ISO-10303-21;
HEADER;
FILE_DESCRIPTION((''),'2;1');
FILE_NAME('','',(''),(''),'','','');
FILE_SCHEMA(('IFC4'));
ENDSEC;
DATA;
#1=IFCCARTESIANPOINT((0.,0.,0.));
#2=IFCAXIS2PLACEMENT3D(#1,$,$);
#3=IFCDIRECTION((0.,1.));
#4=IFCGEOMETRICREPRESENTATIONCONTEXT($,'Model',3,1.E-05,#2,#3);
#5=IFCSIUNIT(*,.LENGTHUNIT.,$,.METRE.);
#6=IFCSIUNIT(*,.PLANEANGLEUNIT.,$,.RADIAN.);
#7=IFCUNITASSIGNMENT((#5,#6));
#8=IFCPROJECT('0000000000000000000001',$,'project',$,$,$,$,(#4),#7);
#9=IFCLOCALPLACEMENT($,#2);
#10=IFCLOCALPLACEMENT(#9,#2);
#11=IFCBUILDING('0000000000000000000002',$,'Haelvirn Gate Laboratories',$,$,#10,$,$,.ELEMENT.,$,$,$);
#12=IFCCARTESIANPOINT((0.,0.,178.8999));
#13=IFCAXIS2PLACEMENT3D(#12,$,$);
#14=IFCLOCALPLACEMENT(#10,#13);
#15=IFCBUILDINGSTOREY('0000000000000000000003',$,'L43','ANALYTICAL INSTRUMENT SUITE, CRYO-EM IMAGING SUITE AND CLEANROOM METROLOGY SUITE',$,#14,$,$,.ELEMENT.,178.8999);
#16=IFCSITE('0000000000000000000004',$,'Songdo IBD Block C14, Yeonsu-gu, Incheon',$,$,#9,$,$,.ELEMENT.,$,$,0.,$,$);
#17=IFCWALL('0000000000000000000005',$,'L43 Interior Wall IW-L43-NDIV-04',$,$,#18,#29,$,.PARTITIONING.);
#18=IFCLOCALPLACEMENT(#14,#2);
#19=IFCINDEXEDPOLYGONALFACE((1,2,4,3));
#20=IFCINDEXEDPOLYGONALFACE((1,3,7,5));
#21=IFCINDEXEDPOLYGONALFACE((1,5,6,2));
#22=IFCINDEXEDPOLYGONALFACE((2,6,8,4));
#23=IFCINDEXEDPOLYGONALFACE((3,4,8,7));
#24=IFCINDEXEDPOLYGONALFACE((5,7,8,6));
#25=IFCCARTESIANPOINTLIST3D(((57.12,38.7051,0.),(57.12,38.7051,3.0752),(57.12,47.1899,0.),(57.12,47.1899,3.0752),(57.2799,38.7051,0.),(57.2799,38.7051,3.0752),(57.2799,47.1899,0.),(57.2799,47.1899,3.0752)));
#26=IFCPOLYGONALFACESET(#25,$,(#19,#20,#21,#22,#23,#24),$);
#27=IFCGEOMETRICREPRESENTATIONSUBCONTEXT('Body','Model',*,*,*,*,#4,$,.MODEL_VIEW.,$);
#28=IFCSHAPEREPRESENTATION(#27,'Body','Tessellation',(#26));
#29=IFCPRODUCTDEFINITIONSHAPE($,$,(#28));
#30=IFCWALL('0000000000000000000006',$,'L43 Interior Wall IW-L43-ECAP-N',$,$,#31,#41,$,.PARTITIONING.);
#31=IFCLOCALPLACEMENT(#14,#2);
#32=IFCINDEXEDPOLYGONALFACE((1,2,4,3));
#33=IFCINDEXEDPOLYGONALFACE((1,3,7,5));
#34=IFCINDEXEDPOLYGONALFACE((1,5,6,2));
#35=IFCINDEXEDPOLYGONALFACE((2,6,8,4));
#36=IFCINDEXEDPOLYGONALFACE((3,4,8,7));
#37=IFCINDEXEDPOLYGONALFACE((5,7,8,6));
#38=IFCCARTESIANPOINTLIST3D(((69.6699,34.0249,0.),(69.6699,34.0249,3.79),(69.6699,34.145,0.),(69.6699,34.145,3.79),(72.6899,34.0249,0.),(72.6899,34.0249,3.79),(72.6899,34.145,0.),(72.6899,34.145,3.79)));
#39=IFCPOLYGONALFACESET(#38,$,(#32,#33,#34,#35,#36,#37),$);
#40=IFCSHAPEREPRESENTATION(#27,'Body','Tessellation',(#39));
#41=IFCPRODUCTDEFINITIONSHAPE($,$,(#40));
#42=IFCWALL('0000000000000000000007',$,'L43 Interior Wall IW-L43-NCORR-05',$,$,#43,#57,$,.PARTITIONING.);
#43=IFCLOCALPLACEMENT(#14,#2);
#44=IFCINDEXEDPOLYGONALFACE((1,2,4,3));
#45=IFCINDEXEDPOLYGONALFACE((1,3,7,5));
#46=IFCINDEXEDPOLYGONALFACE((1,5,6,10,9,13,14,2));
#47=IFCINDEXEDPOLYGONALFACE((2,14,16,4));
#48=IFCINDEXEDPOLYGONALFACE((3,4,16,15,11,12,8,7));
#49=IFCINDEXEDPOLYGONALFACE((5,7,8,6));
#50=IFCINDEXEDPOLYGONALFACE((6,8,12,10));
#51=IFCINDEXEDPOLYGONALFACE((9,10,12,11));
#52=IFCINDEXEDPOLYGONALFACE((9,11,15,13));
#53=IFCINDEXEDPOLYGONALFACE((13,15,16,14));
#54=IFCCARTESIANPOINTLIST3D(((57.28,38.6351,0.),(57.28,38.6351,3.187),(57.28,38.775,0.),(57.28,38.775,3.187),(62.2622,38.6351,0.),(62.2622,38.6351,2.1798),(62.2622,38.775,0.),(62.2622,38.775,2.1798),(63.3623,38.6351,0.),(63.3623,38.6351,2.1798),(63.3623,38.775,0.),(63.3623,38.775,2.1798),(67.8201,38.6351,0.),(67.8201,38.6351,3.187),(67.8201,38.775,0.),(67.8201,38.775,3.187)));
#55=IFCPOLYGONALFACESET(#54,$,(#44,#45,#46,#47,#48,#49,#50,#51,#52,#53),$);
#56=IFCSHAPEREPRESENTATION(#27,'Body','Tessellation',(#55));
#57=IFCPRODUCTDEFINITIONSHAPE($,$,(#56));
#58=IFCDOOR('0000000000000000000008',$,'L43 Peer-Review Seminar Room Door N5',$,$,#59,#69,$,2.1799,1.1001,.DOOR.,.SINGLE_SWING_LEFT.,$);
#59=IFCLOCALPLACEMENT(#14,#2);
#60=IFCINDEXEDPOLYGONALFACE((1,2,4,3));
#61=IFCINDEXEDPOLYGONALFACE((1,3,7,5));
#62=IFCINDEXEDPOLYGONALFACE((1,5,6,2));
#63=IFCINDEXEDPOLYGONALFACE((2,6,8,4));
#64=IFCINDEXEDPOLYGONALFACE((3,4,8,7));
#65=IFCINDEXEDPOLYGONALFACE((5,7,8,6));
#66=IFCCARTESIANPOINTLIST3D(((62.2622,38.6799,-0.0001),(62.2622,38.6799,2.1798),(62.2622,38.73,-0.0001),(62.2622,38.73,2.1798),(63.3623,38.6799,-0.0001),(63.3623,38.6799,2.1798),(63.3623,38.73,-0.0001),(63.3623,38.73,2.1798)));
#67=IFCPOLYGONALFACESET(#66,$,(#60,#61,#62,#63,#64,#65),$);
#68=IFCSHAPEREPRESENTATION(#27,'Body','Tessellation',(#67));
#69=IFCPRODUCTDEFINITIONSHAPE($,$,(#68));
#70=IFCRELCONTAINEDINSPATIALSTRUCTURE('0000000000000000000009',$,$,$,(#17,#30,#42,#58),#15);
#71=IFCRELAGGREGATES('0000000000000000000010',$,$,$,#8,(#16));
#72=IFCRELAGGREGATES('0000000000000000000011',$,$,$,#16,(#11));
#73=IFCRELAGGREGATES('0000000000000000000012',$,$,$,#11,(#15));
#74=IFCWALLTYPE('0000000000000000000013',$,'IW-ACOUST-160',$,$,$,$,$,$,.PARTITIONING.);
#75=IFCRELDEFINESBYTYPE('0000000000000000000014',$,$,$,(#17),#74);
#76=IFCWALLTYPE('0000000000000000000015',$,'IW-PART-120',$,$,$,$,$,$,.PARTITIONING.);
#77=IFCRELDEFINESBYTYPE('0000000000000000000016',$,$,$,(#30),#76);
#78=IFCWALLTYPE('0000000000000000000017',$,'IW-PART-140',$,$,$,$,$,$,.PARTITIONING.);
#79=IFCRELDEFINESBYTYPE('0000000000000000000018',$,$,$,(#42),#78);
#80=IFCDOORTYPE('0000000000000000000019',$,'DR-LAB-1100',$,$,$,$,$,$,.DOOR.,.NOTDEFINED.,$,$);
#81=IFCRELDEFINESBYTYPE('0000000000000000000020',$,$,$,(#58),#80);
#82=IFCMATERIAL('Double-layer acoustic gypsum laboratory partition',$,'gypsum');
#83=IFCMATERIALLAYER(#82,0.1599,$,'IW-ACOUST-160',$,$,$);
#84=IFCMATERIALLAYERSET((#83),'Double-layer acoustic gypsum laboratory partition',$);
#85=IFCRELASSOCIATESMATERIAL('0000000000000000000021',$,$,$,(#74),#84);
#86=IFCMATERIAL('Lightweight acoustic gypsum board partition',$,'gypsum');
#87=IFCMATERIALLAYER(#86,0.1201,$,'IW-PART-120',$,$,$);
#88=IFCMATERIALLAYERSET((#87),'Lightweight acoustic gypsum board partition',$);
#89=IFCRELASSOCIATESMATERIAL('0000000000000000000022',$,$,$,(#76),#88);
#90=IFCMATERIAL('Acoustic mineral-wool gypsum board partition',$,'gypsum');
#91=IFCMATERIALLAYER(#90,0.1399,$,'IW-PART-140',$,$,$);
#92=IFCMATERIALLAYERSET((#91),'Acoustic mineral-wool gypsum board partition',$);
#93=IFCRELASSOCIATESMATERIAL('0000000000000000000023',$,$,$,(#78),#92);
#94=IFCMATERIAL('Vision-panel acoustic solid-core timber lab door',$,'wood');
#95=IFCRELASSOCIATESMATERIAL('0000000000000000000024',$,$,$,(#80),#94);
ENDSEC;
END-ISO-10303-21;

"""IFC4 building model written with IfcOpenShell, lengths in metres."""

from ifc_helpers import new_model, si_unit, direction, frame, frame_2d, origin, place, context, subcontext, project, spatial, rectangle, extrude, source, transform, mapped, material, layer, layer_set, type_object, type_shapes, element, fill, save


model = new_model("IFC4")

# Units and contexts
model_context = context("Model", 3, precision=1e-05, world=origin(), true_north=direction((0.0, 1.0)))
body_context = subcontext(model_context, "Body", "Model", "MODEL_VIEW")
ifc_project = project(units=[si_unit("LENGTHUNIT", "METRE"), si_unit("PLANEANGLEUNIT", "RADIAN")], contexts=[model_context])

# Site, building, storey
site_placement = place(None, origin())
site = spatial("IfcSite", under=ifc_project, at=site_placement, Name="Songdo IBD Block C14, Yeonsu-gu, Incheon", CompositionType="ELEMENT", RefElevation=0.0)
building_placement = place(site_placement, origin())
building = spatial("IfcBuilding", under=site, at=building_placement, Name="Haelvirn Gate Laboratories", CompositionType="ELEMENT")
storey_placement = place(building_placement, frame((0.0, 0.0, 178.8999)))
storey = spatial("IfcBuildingStorey", under=building, at=storey_placement, Name="L43", Description="ANALYTICAL INSTRUMENT SUITE, CRYO-EM IMAGING SUITE AND CLEANROOM METROLOGY SUITE", CompositionType="ELEMENT", Elevation=178.8999)

# Walls
ifc_material_1 = material(Name="Double-layer acoustic gypsum laboratory partition", Category="gypsum")
ifc_layer_1 = layer(ifc_material_1, 0.1599, Name="IW-ACOUST-160")
ifc_layer_set_1 = layer_set([ifc_layer_1], Name="Double-layer acoustic gypsum laboratory partition")
wall_type_1 = type_object("IfcWallType", Name="IW-ACOUST-160", PredefinedType="PARTITIONING", material=ifc_layer_set_1)
wall_1_placement = place(storey_placement, frame((57.2, 38.7051, 0.0), z_axis=(0.0, 0.0, 1.0), x_axis=(0.0, 1.0, 0.0)))
element("IfcWall", 1, at=wall_1_placement, inside=storey, type_object=wall_type_1, Name="L43 Interior Wall IW-L43-NDIV-04", PredefinedType="PARTITIONING", context=body_context, shape_type="SweptSolid", body=[
    extrude(rectangle(XDim=8.4849, YDim=0.1599, at=frame_2d((4.2424, 0.0))), origin(), (0.0, 0.0, 1.0), 3.0752),
])
ifc_material_2 = material(Name="Lightweight acoustic gypsum board partition", Category="gypsum")
ifc_layer_2 = layer(ifc_material_2, 0.1201, Name="IW-PART-120")
ifc_layer_set_2 = layer_set([ifc_layer_2], Name="Lightweight acoustic gypsum board partition")
wall_type_2 = type_object("IfcWallType", Name="IW-PART-120", PredefinedType="PARTITIONING", material=ifc_layer_set_2)
wall_2_placement = place(storey_placement, frame((69.6699, 34.085, 0.0), z_axis=(0.0, 0.0, 1.0), x_axis=(1.0, 0.0, 0.0)))
element("IfcWall", 2, at=wall_2_placement, inside=storey, type_object=wall_type_2, Name="L43 Interior Wall IW-L43-ECAP-N", PredefinedType="PARTITIONING", context=body_context, shape_type="SweptSolid", body=[
    extrude(rectangle(XDim=3.02, YDim=0.1201, at=frame_2d((1.51, 0.0))), origin(), (0.0, 0.0, 1.0), 3.79),
])

# Wall, opening, door
ifc_material_3 = material(Name="Acoustic mineral-wool gypsum board partition", Category="gypsum")
ifc_layer_3 = layer(ifc_material_3, 0.1399, Name="IW-PART-140")
ifc_layer_set_3 = layer_set([ifc_layer_3], Name="Acoustic mineral-wool gypsum board partition")
wall_type_3 = type_object("IfcWallType", Name="IW-PART-140", PredefinedType="PARTITIONING", material=ifc_layer_set_3)
wall_3_placement = place(storey_placement, frame((57.28, 38.7051, 0.0), z_axis=(0.0, 0.0, 1.0), x_axis=(1.0, 0.0, 0.0)))
wall_3 = element("IfcWall", 3, at=wall_3_placement, inside=storey, type_object=wall_type_3, Name="L43 Interior Wall IW-L43-NCORR-05", PredefinedType="PARTITIONING", context=body_context, shape_type="SweptSolid", body=[
    extrude(rectangle(XDim=10.54, YDim=0.1399, at=frame_2d((5.27, 0.0))), origin(), (0.0, 0.0, 1.0), 3.187),
])
opening_placement = place(wall_3_placement, frame((4.9822, 0.0, 0.0)))
opening = element("IfcOpeningElement", 4, at=opening_placement, cuts=wall_3, PredefinedType="OPENING", context=body_context, shape_type="SweptSolid", body=[
    extrude(rectangle(XDim=1.1001, YDim=2.1799, at=frame_2d((0.55, 1.0898))), frame((0.0, 0.0801, 0.0), z_axis=(0.0, -1.0, 0.0), x_axis=(1.0, 0.0, 0.0)), (0.0, 0.0, 1.0), 0.1599),
])
ifc_material_4 = material(Name="Vision-panel acoustic solid-core timber lab door", Category="wood")
door_type = type_object("IfcDoorType", Name="DR-LAB-1100", OperationType="NOTDEFINED", PredefinedType="DOOR", material=ifc_material_4)
shared_shape_1 = source(origin(), body_context, "Body", "SweptSolid", [
    extrude(rectangle(XDim=1.1001, YDim=2.1799, at=frame_2d((0.55, 1.0898))), frame((0.0, 0.0249, 0.0), z_axis=(0.0, -1.0, 0.0), x_axis=(1.0, 0.0, 0.0)), (0.0, 0.0, 1.0), 0.05),
])
type_shapes(door_type, [shared_shape_1])
door_placement = place(opening_placement, origin())
door = element("IfcDoor", 5, at=door_placement, inside=storey, type_object=door_type, Name="L43 Peer-Review Seminar Room Door N5", OperationType="SINGLE_SWING_LEFT", OverallHeight=2.1799, OverallWidth=1.1001, PredefinedType="DOOR", context=body_context, shape_type="MappedRepresentation", body=[
    mapped(shared_shape_1, transform((0.0, 0.0, 0.0), scale=1.0)),
])
fill(opening, door)

save(model, "model.ifc")
